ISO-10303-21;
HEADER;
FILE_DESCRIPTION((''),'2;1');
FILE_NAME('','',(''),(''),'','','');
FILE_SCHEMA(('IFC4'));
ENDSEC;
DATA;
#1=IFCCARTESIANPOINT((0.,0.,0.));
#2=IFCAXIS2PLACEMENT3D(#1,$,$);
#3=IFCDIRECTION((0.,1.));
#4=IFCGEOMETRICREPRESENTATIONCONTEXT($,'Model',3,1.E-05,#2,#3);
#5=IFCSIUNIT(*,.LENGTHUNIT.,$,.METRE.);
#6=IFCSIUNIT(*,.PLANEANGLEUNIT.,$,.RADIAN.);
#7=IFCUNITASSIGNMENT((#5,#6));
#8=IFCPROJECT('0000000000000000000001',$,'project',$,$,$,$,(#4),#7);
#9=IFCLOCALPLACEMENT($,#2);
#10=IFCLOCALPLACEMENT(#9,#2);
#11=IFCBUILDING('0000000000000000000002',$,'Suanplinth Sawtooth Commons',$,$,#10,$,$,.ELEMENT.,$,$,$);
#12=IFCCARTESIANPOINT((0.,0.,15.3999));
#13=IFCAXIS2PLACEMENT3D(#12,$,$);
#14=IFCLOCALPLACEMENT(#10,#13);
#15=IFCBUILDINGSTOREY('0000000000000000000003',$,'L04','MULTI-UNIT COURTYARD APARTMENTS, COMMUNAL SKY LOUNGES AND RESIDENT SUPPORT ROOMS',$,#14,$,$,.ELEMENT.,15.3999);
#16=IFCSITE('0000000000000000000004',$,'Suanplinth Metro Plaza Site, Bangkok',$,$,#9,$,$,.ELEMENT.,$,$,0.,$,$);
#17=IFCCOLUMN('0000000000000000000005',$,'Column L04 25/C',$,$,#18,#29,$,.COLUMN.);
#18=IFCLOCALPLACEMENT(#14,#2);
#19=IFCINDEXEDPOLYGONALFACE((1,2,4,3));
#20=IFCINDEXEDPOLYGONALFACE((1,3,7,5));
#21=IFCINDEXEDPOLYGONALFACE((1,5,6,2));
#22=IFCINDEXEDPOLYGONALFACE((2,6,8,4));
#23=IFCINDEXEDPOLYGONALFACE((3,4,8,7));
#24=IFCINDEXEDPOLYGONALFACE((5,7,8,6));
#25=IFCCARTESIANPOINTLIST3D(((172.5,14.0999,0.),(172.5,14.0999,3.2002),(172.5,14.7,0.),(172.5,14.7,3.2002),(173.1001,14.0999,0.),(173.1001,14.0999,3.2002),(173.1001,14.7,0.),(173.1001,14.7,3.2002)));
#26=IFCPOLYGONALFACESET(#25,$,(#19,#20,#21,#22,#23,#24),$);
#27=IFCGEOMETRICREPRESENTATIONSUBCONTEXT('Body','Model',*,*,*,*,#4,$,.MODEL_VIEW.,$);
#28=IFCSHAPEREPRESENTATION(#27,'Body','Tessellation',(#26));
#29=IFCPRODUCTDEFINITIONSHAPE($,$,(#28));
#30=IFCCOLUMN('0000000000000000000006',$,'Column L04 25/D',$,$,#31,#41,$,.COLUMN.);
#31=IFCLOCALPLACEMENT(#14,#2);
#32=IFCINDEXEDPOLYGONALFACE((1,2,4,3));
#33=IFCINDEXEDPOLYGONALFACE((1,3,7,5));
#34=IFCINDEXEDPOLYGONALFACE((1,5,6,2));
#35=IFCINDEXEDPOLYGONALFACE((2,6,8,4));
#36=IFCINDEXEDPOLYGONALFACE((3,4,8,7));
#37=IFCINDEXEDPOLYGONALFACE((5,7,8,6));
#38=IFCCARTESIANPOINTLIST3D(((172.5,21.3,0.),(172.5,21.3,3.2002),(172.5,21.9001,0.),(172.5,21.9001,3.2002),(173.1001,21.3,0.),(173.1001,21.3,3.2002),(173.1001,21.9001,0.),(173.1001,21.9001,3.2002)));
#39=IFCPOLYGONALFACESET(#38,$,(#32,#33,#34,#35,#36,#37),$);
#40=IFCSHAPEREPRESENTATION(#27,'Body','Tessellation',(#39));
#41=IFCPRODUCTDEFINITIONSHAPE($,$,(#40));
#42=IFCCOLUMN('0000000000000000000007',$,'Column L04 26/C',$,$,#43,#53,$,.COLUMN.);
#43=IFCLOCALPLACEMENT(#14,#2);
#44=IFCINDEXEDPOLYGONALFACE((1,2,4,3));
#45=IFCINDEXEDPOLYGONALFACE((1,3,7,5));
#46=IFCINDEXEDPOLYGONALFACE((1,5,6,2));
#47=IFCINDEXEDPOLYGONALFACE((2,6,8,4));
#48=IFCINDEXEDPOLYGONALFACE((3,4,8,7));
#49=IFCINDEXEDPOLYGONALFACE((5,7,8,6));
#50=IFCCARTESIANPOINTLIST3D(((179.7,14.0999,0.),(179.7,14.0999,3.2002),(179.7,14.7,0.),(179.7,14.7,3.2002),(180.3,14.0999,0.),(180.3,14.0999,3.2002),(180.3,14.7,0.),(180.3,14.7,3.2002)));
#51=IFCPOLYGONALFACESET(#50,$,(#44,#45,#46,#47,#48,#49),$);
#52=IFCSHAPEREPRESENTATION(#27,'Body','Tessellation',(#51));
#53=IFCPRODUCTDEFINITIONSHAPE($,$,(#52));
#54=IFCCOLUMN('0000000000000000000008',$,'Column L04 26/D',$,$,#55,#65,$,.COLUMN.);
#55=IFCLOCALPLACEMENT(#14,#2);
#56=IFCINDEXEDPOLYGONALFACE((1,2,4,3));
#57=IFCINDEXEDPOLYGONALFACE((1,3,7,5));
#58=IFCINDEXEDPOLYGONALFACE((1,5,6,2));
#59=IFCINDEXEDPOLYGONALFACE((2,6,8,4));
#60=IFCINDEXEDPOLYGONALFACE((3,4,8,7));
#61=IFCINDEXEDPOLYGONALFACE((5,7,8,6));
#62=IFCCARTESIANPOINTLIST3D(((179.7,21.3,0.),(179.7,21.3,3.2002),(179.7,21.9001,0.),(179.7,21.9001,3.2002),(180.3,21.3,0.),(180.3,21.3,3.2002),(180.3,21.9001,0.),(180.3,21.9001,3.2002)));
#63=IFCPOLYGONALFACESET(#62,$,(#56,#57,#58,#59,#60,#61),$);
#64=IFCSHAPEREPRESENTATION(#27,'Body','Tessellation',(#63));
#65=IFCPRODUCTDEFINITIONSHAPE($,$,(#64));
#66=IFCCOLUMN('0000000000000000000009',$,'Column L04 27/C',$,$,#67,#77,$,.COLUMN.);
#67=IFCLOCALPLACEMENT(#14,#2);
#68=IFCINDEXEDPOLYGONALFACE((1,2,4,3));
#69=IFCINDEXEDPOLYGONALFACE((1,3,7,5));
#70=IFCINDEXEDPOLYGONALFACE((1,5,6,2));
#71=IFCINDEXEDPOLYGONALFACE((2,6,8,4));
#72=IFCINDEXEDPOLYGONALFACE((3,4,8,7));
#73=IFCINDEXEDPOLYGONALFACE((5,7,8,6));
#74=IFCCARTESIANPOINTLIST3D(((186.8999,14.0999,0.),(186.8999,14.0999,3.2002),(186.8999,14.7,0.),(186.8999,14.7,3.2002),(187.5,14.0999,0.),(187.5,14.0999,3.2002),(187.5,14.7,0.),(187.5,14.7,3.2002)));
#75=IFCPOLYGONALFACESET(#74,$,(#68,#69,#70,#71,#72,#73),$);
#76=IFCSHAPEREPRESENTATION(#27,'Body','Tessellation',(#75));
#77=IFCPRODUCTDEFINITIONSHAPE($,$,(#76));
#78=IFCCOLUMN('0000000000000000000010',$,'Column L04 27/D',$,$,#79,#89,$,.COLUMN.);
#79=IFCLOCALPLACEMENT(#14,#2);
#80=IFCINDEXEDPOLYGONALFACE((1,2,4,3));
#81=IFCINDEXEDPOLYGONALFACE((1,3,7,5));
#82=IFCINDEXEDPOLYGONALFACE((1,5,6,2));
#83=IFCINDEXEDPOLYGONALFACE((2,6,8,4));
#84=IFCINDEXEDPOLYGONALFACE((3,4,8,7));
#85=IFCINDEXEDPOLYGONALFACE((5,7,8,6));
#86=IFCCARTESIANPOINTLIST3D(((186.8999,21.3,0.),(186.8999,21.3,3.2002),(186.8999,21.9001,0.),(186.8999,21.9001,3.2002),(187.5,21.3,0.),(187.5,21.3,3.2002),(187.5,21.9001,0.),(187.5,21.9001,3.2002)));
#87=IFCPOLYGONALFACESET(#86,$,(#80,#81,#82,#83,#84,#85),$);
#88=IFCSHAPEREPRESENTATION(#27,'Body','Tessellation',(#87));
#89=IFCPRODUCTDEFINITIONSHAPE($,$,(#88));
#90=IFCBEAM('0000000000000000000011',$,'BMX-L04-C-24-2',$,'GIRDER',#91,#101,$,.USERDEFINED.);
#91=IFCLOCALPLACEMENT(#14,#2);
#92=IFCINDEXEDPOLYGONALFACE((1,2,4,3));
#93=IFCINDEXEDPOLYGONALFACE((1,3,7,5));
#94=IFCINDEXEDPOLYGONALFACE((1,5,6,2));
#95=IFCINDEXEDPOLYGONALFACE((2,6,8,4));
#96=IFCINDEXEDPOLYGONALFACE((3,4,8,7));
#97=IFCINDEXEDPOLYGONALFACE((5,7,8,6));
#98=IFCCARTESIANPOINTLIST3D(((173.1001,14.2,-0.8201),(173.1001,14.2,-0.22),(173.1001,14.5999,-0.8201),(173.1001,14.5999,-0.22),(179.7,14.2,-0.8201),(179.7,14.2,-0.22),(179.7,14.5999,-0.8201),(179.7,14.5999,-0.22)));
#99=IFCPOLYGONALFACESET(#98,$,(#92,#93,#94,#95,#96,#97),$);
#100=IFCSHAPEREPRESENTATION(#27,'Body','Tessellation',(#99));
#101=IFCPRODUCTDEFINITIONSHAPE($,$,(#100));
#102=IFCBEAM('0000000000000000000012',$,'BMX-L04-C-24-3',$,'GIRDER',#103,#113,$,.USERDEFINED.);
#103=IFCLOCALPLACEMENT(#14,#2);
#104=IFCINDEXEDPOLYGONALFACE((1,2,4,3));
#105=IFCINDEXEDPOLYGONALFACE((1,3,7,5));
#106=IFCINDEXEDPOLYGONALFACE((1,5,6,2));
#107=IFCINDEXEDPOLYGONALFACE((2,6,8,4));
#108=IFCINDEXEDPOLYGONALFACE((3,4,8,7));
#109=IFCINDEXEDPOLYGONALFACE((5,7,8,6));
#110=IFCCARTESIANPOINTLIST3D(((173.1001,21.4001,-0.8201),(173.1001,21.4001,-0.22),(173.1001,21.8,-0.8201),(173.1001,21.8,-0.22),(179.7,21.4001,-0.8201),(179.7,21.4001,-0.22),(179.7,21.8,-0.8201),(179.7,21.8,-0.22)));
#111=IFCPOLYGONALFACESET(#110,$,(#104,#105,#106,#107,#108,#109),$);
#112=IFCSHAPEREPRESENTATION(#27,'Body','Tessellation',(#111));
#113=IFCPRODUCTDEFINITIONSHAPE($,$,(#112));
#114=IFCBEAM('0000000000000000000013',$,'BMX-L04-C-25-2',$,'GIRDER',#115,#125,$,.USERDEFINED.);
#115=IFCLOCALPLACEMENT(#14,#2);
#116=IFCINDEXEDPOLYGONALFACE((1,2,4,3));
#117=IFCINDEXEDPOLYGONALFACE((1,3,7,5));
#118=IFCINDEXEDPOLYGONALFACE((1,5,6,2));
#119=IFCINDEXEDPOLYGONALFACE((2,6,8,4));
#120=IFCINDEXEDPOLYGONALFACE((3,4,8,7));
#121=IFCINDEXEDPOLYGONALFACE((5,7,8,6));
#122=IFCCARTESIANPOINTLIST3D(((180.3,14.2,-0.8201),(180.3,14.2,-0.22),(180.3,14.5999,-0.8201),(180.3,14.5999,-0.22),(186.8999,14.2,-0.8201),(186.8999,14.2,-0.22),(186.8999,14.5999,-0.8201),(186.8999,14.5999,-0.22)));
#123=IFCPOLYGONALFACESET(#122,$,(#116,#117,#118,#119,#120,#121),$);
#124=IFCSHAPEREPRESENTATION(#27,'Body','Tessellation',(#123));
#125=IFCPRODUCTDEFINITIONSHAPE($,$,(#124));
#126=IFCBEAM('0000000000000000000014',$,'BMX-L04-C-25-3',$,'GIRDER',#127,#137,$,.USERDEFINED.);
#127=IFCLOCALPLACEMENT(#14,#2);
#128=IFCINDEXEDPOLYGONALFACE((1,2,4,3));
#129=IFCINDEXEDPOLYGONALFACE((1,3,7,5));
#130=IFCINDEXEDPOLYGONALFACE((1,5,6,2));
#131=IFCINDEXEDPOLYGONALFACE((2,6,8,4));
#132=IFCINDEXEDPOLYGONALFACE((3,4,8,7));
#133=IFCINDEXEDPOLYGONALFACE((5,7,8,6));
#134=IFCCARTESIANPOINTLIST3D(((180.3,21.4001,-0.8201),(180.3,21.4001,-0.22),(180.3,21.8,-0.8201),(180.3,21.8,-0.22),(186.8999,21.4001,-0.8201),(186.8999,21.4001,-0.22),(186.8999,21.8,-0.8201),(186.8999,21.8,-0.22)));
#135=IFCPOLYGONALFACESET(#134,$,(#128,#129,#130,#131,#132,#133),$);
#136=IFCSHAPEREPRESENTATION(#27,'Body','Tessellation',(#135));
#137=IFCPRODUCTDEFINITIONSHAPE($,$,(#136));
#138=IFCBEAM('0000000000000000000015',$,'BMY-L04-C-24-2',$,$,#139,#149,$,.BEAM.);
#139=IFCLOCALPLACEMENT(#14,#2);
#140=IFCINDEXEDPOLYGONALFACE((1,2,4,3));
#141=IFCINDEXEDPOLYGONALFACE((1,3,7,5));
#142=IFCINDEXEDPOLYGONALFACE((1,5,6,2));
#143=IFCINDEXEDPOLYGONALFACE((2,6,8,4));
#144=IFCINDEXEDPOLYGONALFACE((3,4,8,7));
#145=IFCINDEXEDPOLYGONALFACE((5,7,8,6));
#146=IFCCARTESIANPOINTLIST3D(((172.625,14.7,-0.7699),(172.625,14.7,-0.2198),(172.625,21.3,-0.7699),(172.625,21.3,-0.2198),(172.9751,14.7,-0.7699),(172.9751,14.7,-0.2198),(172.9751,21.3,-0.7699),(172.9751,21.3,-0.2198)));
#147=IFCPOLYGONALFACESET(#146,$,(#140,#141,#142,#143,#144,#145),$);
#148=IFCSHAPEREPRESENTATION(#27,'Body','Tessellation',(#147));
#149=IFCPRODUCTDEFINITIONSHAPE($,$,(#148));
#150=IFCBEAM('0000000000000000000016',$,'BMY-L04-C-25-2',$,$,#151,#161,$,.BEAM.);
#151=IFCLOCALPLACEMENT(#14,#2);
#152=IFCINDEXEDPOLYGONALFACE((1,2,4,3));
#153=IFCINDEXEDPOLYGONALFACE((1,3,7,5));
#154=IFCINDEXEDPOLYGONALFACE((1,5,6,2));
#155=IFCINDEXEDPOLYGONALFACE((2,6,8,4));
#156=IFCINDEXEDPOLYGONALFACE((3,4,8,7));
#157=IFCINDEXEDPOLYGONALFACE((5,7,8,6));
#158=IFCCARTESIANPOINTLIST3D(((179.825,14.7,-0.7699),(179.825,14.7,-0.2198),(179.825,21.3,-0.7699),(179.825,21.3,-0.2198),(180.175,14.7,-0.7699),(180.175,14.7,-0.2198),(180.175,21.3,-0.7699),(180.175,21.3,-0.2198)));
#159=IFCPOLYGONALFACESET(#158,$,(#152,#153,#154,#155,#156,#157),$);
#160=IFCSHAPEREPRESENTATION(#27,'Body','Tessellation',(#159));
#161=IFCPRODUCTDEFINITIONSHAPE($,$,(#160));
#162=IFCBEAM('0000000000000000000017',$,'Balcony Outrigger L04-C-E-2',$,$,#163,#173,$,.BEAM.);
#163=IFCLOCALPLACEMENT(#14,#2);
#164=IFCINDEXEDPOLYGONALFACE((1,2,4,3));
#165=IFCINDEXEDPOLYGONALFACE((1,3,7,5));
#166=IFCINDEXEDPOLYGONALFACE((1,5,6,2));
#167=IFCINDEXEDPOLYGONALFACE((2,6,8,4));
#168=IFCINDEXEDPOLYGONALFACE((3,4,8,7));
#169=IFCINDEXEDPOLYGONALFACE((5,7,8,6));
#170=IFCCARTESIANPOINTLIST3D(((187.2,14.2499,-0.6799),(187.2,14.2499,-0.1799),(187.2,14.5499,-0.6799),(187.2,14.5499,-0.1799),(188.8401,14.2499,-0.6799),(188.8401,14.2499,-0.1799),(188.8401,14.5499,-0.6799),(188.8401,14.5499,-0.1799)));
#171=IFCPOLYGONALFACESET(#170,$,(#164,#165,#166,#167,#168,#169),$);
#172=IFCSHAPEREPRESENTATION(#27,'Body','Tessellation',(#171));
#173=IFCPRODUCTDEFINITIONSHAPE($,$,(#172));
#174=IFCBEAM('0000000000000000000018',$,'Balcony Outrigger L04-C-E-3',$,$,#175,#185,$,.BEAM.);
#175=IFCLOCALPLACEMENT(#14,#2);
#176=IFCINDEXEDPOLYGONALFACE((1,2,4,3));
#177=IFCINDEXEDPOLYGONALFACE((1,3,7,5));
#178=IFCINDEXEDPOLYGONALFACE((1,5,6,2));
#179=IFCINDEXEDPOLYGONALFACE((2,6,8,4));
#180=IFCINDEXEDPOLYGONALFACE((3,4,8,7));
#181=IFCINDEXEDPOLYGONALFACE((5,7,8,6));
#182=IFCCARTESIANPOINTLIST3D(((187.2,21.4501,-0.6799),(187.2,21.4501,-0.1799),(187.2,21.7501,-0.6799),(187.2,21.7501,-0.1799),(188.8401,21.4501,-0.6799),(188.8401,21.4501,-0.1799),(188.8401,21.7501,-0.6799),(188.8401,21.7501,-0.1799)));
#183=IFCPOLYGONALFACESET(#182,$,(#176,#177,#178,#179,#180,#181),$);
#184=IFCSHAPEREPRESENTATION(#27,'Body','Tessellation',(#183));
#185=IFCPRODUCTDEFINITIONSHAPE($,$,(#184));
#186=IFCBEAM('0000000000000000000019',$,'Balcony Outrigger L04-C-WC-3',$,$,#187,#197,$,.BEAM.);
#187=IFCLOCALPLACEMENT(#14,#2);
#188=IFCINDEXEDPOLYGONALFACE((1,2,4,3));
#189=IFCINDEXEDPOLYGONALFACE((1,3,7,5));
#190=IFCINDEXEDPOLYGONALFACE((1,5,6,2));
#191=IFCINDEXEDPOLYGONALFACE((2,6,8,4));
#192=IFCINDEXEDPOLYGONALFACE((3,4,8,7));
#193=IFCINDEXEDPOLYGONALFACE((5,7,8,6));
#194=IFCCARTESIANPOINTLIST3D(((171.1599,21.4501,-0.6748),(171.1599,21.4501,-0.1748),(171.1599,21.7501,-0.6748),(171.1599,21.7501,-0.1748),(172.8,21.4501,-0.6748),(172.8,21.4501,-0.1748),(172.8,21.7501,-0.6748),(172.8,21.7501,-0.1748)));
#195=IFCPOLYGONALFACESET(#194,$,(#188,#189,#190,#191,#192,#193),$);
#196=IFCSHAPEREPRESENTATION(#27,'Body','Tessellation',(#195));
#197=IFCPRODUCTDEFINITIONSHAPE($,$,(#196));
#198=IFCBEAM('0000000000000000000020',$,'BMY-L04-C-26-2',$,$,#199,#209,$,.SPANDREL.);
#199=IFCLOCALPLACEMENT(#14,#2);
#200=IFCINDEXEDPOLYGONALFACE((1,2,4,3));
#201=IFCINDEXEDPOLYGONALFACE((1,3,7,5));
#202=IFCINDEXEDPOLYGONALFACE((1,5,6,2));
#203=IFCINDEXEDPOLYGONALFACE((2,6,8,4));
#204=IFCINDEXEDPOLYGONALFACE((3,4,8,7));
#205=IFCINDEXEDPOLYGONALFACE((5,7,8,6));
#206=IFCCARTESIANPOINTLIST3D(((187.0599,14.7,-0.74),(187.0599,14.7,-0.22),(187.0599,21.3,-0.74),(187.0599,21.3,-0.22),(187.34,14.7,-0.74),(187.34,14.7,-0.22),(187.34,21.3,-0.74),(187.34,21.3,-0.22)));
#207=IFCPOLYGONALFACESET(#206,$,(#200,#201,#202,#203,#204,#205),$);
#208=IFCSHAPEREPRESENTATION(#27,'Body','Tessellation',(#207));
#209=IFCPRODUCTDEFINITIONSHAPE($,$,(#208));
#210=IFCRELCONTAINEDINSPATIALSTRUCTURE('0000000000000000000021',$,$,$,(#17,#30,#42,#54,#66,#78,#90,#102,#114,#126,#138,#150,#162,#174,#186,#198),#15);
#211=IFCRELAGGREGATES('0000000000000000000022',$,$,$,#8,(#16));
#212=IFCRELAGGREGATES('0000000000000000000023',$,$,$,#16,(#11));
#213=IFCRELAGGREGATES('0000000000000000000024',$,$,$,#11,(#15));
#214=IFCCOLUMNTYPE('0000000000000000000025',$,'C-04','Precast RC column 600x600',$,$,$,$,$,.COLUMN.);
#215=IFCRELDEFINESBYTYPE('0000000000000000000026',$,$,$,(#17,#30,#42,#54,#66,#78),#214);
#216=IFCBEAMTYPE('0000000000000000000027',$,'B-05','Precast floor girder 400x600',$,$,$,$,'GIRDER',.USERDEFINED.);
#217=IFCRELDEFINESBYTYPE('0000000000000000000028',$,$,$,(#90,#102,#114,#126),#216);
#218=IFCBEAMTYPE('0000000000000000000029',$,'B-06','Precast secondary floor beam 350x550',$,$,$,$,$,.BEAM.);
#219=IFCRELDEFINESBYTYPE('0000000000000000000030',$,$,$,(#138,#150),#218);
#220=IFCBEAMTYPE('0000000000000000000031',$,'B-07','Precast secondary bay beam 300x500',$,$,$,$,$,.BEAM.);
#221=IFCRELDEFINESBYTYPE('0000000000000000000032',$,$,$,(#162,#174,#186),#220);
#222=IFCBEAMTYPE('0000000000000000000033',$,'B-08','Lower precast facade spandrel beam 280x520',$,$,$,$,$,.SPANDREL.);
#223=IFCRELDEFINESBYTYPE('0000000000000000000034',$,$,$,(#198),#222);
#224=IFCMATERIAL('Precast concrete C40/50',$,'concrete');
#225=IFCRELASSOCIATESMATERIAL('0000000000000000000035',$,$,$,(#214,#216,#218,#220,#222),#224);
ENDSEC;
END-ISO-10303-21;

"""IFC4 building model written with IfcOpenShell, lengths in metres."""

from ifc_helpers import new_model, si_unit, direction, frame, origin, origin_2d, place, context, subcontext, project, spatial, rectangle, extrude, material, material_profile, profile_set, type_object, element, save


model = new_model("IFC4")

# Units and contexts
model_context = context("Model", 3, precision=1e-05, world=origin(), true_north=direction((0.0, 1.0)))
body_context = subcontext(model_context, "Body", "Model", "MODEL_VIEW")
ifc_project = project(units=[si_unit("LENGTHUNIT", "METRE"), si_unit("PLANEANGLEUNIT", "RADIAN")], contexts=[model_context])

# Site, building, storey
site_placement = place(None, origin())
site = spatial("IfcSite", under=ifc_project, at=site_placement, Name="Suanplinth Metro Plaza Site, Bangkok", CompositionType="ELEMENT", RefElevation=0.0)
building_placement = place(site_placement, origin())
building = spatial("IfcBuilding", under=site, at=building_placement, Name="Suanplinth Sawtooth Commons", CompositionType="ELEMENT")
storey_placement = place(building_placement, frame((0.0, 0.0, 15.3999)))
storey = spatial("IfcBuildingStorey", under=building, at=storey_placement, Name="L04", Description="MULTI-UNIT COURTYARD APARTMENTS, COMMUNAL SKY LOUNGES AND RESIDENT SUPPORT ROOMS", CompositionType="ELEMENT", Elevation=15.3999)

# Columns
ifc_material_1 = material(Name="Precast concrete C40/50", Category="concrete")
ifc_material_profile_1 = material_profile(ifc_material_1, rectangle(XDim=0.6001, YDim=0.6001, at=origin_2d()), Name="PC-COL 600x600")
ifc_profile_set_1 = profile_set([ifc_material_profile_1], Name="Precast concrete C40/50")
column_type = type_object("IfcColumnType", Name="C-04", Description="Precast RC column 600x600", PredefinedType="COLUMN", material=ifc_profile_set_1)
for number, where, z_axis, x_axis, name in (
    (1, (172.8, 14.3999, 0.0), (0.0, 0.0, 1.0), (1.0, 0.0, 0.0), "Column L04 25/C"),
    (2, (172.8, 21.6001, 0.0), (0.0, 0.0, 1.0), (1.0, 0.0, 0.0), "Column L04 25/D"),
    (3, (180.0, 14.3999, 0.0), (0.0, 0.0, 1.0), (1.0, 0.0, 0.0), "Column L04 26/C"),
    (4, (180.0, 21.6001, 0.0), (0.0, 0.0, 1.0), (1.0, 0.0, 0.0), "Column L04 26/D"),
    (5, (187.2, 14.3999, 0.0), (0.0, 0.0, 1.0), (1.0, 0.0, 0.0), "Column L04 27/C"),
    (6, (187.2, 21.6001, 0.0), (0.0, 0.0, 1.0), (1.0, 0.0, 0.0), "Column L04 27/D"),
):
    element("IfcColumn", number, at=place(storey_placement, frame(where, z_axis=z_axis, x_axis=x_axis)), inside=storey, type_object=column_type, Name=name, PredefinedType="COLUMN", context=body_context, shape_type="SweptSolid", body=[
        extrude(rectangle(XDim=0.6001, YDim=0.6001, at=origin_2d()), origin(), (0.0, 0.0, 1.0), 3.2002),
    ])

# Beams
ifc_material_profile_2 = material_profile(ifc_material_1, rectangle(XDim=0.3999, YDim=0.6001, at=origin_2d()), Name="PC-GDR 400x600")
ifc_profile_set_2 = profile_set([ifc_material_profile_2], Name="Precast concrete C40/50")
beam_type_1 = type_object("IfcBeamType", Name="B-05", Description="Precast floor girder 400x600", ElementType="GIRDER", PredefinedType="USERDEFINED", material=ifc_profile_set_2)
for number, where, z_axis, x_axis, name in (
    (7, (173.1001, 14.3999, -0.52), (1.0, 0.0, 0.0), (0.0, 1.0, 0.0), "BMX-L04-C-24-2"),
    (8, (173.1001, 21.6001, -0.52), (1.0, 0.0, 0.0), (0.0, 1.0, 0.0), "BMX-L04-C-24-3"),
    (9, (180.3, 14.3999, -0.52), (1.0, 0.0, 0.0), (0.0, 1.0, 0.0), "BMX-L04-C-25-2"),
    (10, (180.3, 21.6001, -0.52), (1.0, 0.0, 0.0), (0.0, 1.0, 0.0), "BMX-L04-C-25-3"),
):
    element("IfcBeam", number, at=place(storey_placement, frame(where, z_axis=z_axis, x_axis=x_axis)), inside=storey, type_object=beam_type_1, Name=name, ObjectType="GIRDER", PredefinedType="USERDEFINED", context=body_context, shape_type="SweptSolid", body=[
        extrude(rectangle(XDim=0.3999, YDim=0.6001, at=origin_2d()), origin(), (0.0, 0.0, 1.0), 6.5999),
    ])
ifc_material_profile_3 = material_profile(ifc_material_1, rectangle(XDim=0.3501, YDim=0.55, at=origin_2d()), Name="PC-BM 350x550")
ifc_profile_set_3 = profile_set([ifc_material_profile_3], Name="Precast concrete C40/50")
beam_type_2 = type_object("IfcBeamType", Name="B-06", Description="Precast secondary floor beam 350x550", PredefinedType="BEAM", material=ifc_profile_set_3)
for number, where, z_axis, x_axis, name in (
    (11, (172.8, 14.7, -0.4949), (0.0, 1.0, 0.0), (-1.0, 0.0, 0.0), "BMY-L04-C-24-2"),
    (12, (180.0, 14.7, -0.4949), (0.0, 1.0, 0.0), (-1.0, 0.0, 0.0), "BMY-L04-C-25-2"),
):
    element("IfcBeam", number, at=place(storey_placement, frame(where, z_axis=z_axis, x_axis=x_axis)), inside=storey, type_object=beam_type_2, Name=name, PredefinedType="BEAM", context=body_context, shape_type="SweptSolid", body=[
        extrude(rectangle(XDim=0.3501, YDim=0.55, at=origin_2d()), origin(), (0.0, 0.0, 1.0), 6.6001),
    ])
ifc_material_profile_4 = material_profile(ifc_material_1, rectangle(XDim=0.3, YDim=0.5, at=origin_2d()), Name="PC-BM 300x500")
ifc_profile_set_4 = profile_set([ifc_material_profile_4], Name="Precast concrete C40/50")
beam_type_3 = type_object("IfcBeamType", Name="B-07", Description="Precast secondary bay beam 300x500", PredefinedType="BEAM", material=ifc_profile_set_4)
for number, where, z_axis, x_axis, name in (
    (13, (187.2, 14.3999, -0.4299), (1.0, 0.0, 0.0), (0.0, 1.0, 0.0), "Balcony Outrigger L04-C-E-2"),
    (14, (187.2, 21.6001, -0.4299), (1.0, 0.0, 0.0), (0.0, 1.0, 0.0), "Balcony Outrigger L04-C-E-3"),
    (15, (172.8, 21.6001, -0.4248), (-1.0, 0.0, 0.0), (0.0, -1.0, 0.0), "Balcony Outrigger L04-C-WC-3"),
):
    element("IfcBeam", number, at=place(storey_placement, frame(where, z_axis=z_axis, x_axis=x_axis)), inside=storey, type_object=beam_type_3, Name=name, PredefinedType="BEAM", context=body_context, shape_type="SweptSolid", body=[
        extrude(rectangle(XDim=0.3, YDim=0.5, at=origin_2d()), origin(), (0.0, 0.0, 1.0), 1.6401),
    ])
ifc_material_profile_5 = material_profile(ifc_material_1, rectangle(XDim=0.28, YDim=0.52, at=origin_2d()), Name="PC-SP 280x520")
ifc_profile_set_5 = profile_set([ifc_material_profile_5], Name="Precast concrete C40/50")
beam_type_4 = type_object("IfcBeamType", Name="B-08", Description="Lower precast facade spandrel beam 280x520", PredefinedType="SPANDREL", material=ifc_profile_set_5)
beam_placement = place(storey_placement, frame((187.2, 14.7, -0.48), z_axis=(0.0, 1.0, 0.0), x_axis=(-1.0, 0.0, 0.0)))
element("IfcBeam", 16, at=beam_placement, inside=storey, type_object=beam_type_4, Name="BMY-L04-C-26-2", PredefinedType="SPANDREL", context=body_context, shape_type="SweptSolid", body=[
    extrude(rectangle(XDim=0.28, YDim=0.52, at=origin_2d()), origin(), (0.0, 0.0, 1.0), 6.6001),
])

save(model, "model.ifc")
